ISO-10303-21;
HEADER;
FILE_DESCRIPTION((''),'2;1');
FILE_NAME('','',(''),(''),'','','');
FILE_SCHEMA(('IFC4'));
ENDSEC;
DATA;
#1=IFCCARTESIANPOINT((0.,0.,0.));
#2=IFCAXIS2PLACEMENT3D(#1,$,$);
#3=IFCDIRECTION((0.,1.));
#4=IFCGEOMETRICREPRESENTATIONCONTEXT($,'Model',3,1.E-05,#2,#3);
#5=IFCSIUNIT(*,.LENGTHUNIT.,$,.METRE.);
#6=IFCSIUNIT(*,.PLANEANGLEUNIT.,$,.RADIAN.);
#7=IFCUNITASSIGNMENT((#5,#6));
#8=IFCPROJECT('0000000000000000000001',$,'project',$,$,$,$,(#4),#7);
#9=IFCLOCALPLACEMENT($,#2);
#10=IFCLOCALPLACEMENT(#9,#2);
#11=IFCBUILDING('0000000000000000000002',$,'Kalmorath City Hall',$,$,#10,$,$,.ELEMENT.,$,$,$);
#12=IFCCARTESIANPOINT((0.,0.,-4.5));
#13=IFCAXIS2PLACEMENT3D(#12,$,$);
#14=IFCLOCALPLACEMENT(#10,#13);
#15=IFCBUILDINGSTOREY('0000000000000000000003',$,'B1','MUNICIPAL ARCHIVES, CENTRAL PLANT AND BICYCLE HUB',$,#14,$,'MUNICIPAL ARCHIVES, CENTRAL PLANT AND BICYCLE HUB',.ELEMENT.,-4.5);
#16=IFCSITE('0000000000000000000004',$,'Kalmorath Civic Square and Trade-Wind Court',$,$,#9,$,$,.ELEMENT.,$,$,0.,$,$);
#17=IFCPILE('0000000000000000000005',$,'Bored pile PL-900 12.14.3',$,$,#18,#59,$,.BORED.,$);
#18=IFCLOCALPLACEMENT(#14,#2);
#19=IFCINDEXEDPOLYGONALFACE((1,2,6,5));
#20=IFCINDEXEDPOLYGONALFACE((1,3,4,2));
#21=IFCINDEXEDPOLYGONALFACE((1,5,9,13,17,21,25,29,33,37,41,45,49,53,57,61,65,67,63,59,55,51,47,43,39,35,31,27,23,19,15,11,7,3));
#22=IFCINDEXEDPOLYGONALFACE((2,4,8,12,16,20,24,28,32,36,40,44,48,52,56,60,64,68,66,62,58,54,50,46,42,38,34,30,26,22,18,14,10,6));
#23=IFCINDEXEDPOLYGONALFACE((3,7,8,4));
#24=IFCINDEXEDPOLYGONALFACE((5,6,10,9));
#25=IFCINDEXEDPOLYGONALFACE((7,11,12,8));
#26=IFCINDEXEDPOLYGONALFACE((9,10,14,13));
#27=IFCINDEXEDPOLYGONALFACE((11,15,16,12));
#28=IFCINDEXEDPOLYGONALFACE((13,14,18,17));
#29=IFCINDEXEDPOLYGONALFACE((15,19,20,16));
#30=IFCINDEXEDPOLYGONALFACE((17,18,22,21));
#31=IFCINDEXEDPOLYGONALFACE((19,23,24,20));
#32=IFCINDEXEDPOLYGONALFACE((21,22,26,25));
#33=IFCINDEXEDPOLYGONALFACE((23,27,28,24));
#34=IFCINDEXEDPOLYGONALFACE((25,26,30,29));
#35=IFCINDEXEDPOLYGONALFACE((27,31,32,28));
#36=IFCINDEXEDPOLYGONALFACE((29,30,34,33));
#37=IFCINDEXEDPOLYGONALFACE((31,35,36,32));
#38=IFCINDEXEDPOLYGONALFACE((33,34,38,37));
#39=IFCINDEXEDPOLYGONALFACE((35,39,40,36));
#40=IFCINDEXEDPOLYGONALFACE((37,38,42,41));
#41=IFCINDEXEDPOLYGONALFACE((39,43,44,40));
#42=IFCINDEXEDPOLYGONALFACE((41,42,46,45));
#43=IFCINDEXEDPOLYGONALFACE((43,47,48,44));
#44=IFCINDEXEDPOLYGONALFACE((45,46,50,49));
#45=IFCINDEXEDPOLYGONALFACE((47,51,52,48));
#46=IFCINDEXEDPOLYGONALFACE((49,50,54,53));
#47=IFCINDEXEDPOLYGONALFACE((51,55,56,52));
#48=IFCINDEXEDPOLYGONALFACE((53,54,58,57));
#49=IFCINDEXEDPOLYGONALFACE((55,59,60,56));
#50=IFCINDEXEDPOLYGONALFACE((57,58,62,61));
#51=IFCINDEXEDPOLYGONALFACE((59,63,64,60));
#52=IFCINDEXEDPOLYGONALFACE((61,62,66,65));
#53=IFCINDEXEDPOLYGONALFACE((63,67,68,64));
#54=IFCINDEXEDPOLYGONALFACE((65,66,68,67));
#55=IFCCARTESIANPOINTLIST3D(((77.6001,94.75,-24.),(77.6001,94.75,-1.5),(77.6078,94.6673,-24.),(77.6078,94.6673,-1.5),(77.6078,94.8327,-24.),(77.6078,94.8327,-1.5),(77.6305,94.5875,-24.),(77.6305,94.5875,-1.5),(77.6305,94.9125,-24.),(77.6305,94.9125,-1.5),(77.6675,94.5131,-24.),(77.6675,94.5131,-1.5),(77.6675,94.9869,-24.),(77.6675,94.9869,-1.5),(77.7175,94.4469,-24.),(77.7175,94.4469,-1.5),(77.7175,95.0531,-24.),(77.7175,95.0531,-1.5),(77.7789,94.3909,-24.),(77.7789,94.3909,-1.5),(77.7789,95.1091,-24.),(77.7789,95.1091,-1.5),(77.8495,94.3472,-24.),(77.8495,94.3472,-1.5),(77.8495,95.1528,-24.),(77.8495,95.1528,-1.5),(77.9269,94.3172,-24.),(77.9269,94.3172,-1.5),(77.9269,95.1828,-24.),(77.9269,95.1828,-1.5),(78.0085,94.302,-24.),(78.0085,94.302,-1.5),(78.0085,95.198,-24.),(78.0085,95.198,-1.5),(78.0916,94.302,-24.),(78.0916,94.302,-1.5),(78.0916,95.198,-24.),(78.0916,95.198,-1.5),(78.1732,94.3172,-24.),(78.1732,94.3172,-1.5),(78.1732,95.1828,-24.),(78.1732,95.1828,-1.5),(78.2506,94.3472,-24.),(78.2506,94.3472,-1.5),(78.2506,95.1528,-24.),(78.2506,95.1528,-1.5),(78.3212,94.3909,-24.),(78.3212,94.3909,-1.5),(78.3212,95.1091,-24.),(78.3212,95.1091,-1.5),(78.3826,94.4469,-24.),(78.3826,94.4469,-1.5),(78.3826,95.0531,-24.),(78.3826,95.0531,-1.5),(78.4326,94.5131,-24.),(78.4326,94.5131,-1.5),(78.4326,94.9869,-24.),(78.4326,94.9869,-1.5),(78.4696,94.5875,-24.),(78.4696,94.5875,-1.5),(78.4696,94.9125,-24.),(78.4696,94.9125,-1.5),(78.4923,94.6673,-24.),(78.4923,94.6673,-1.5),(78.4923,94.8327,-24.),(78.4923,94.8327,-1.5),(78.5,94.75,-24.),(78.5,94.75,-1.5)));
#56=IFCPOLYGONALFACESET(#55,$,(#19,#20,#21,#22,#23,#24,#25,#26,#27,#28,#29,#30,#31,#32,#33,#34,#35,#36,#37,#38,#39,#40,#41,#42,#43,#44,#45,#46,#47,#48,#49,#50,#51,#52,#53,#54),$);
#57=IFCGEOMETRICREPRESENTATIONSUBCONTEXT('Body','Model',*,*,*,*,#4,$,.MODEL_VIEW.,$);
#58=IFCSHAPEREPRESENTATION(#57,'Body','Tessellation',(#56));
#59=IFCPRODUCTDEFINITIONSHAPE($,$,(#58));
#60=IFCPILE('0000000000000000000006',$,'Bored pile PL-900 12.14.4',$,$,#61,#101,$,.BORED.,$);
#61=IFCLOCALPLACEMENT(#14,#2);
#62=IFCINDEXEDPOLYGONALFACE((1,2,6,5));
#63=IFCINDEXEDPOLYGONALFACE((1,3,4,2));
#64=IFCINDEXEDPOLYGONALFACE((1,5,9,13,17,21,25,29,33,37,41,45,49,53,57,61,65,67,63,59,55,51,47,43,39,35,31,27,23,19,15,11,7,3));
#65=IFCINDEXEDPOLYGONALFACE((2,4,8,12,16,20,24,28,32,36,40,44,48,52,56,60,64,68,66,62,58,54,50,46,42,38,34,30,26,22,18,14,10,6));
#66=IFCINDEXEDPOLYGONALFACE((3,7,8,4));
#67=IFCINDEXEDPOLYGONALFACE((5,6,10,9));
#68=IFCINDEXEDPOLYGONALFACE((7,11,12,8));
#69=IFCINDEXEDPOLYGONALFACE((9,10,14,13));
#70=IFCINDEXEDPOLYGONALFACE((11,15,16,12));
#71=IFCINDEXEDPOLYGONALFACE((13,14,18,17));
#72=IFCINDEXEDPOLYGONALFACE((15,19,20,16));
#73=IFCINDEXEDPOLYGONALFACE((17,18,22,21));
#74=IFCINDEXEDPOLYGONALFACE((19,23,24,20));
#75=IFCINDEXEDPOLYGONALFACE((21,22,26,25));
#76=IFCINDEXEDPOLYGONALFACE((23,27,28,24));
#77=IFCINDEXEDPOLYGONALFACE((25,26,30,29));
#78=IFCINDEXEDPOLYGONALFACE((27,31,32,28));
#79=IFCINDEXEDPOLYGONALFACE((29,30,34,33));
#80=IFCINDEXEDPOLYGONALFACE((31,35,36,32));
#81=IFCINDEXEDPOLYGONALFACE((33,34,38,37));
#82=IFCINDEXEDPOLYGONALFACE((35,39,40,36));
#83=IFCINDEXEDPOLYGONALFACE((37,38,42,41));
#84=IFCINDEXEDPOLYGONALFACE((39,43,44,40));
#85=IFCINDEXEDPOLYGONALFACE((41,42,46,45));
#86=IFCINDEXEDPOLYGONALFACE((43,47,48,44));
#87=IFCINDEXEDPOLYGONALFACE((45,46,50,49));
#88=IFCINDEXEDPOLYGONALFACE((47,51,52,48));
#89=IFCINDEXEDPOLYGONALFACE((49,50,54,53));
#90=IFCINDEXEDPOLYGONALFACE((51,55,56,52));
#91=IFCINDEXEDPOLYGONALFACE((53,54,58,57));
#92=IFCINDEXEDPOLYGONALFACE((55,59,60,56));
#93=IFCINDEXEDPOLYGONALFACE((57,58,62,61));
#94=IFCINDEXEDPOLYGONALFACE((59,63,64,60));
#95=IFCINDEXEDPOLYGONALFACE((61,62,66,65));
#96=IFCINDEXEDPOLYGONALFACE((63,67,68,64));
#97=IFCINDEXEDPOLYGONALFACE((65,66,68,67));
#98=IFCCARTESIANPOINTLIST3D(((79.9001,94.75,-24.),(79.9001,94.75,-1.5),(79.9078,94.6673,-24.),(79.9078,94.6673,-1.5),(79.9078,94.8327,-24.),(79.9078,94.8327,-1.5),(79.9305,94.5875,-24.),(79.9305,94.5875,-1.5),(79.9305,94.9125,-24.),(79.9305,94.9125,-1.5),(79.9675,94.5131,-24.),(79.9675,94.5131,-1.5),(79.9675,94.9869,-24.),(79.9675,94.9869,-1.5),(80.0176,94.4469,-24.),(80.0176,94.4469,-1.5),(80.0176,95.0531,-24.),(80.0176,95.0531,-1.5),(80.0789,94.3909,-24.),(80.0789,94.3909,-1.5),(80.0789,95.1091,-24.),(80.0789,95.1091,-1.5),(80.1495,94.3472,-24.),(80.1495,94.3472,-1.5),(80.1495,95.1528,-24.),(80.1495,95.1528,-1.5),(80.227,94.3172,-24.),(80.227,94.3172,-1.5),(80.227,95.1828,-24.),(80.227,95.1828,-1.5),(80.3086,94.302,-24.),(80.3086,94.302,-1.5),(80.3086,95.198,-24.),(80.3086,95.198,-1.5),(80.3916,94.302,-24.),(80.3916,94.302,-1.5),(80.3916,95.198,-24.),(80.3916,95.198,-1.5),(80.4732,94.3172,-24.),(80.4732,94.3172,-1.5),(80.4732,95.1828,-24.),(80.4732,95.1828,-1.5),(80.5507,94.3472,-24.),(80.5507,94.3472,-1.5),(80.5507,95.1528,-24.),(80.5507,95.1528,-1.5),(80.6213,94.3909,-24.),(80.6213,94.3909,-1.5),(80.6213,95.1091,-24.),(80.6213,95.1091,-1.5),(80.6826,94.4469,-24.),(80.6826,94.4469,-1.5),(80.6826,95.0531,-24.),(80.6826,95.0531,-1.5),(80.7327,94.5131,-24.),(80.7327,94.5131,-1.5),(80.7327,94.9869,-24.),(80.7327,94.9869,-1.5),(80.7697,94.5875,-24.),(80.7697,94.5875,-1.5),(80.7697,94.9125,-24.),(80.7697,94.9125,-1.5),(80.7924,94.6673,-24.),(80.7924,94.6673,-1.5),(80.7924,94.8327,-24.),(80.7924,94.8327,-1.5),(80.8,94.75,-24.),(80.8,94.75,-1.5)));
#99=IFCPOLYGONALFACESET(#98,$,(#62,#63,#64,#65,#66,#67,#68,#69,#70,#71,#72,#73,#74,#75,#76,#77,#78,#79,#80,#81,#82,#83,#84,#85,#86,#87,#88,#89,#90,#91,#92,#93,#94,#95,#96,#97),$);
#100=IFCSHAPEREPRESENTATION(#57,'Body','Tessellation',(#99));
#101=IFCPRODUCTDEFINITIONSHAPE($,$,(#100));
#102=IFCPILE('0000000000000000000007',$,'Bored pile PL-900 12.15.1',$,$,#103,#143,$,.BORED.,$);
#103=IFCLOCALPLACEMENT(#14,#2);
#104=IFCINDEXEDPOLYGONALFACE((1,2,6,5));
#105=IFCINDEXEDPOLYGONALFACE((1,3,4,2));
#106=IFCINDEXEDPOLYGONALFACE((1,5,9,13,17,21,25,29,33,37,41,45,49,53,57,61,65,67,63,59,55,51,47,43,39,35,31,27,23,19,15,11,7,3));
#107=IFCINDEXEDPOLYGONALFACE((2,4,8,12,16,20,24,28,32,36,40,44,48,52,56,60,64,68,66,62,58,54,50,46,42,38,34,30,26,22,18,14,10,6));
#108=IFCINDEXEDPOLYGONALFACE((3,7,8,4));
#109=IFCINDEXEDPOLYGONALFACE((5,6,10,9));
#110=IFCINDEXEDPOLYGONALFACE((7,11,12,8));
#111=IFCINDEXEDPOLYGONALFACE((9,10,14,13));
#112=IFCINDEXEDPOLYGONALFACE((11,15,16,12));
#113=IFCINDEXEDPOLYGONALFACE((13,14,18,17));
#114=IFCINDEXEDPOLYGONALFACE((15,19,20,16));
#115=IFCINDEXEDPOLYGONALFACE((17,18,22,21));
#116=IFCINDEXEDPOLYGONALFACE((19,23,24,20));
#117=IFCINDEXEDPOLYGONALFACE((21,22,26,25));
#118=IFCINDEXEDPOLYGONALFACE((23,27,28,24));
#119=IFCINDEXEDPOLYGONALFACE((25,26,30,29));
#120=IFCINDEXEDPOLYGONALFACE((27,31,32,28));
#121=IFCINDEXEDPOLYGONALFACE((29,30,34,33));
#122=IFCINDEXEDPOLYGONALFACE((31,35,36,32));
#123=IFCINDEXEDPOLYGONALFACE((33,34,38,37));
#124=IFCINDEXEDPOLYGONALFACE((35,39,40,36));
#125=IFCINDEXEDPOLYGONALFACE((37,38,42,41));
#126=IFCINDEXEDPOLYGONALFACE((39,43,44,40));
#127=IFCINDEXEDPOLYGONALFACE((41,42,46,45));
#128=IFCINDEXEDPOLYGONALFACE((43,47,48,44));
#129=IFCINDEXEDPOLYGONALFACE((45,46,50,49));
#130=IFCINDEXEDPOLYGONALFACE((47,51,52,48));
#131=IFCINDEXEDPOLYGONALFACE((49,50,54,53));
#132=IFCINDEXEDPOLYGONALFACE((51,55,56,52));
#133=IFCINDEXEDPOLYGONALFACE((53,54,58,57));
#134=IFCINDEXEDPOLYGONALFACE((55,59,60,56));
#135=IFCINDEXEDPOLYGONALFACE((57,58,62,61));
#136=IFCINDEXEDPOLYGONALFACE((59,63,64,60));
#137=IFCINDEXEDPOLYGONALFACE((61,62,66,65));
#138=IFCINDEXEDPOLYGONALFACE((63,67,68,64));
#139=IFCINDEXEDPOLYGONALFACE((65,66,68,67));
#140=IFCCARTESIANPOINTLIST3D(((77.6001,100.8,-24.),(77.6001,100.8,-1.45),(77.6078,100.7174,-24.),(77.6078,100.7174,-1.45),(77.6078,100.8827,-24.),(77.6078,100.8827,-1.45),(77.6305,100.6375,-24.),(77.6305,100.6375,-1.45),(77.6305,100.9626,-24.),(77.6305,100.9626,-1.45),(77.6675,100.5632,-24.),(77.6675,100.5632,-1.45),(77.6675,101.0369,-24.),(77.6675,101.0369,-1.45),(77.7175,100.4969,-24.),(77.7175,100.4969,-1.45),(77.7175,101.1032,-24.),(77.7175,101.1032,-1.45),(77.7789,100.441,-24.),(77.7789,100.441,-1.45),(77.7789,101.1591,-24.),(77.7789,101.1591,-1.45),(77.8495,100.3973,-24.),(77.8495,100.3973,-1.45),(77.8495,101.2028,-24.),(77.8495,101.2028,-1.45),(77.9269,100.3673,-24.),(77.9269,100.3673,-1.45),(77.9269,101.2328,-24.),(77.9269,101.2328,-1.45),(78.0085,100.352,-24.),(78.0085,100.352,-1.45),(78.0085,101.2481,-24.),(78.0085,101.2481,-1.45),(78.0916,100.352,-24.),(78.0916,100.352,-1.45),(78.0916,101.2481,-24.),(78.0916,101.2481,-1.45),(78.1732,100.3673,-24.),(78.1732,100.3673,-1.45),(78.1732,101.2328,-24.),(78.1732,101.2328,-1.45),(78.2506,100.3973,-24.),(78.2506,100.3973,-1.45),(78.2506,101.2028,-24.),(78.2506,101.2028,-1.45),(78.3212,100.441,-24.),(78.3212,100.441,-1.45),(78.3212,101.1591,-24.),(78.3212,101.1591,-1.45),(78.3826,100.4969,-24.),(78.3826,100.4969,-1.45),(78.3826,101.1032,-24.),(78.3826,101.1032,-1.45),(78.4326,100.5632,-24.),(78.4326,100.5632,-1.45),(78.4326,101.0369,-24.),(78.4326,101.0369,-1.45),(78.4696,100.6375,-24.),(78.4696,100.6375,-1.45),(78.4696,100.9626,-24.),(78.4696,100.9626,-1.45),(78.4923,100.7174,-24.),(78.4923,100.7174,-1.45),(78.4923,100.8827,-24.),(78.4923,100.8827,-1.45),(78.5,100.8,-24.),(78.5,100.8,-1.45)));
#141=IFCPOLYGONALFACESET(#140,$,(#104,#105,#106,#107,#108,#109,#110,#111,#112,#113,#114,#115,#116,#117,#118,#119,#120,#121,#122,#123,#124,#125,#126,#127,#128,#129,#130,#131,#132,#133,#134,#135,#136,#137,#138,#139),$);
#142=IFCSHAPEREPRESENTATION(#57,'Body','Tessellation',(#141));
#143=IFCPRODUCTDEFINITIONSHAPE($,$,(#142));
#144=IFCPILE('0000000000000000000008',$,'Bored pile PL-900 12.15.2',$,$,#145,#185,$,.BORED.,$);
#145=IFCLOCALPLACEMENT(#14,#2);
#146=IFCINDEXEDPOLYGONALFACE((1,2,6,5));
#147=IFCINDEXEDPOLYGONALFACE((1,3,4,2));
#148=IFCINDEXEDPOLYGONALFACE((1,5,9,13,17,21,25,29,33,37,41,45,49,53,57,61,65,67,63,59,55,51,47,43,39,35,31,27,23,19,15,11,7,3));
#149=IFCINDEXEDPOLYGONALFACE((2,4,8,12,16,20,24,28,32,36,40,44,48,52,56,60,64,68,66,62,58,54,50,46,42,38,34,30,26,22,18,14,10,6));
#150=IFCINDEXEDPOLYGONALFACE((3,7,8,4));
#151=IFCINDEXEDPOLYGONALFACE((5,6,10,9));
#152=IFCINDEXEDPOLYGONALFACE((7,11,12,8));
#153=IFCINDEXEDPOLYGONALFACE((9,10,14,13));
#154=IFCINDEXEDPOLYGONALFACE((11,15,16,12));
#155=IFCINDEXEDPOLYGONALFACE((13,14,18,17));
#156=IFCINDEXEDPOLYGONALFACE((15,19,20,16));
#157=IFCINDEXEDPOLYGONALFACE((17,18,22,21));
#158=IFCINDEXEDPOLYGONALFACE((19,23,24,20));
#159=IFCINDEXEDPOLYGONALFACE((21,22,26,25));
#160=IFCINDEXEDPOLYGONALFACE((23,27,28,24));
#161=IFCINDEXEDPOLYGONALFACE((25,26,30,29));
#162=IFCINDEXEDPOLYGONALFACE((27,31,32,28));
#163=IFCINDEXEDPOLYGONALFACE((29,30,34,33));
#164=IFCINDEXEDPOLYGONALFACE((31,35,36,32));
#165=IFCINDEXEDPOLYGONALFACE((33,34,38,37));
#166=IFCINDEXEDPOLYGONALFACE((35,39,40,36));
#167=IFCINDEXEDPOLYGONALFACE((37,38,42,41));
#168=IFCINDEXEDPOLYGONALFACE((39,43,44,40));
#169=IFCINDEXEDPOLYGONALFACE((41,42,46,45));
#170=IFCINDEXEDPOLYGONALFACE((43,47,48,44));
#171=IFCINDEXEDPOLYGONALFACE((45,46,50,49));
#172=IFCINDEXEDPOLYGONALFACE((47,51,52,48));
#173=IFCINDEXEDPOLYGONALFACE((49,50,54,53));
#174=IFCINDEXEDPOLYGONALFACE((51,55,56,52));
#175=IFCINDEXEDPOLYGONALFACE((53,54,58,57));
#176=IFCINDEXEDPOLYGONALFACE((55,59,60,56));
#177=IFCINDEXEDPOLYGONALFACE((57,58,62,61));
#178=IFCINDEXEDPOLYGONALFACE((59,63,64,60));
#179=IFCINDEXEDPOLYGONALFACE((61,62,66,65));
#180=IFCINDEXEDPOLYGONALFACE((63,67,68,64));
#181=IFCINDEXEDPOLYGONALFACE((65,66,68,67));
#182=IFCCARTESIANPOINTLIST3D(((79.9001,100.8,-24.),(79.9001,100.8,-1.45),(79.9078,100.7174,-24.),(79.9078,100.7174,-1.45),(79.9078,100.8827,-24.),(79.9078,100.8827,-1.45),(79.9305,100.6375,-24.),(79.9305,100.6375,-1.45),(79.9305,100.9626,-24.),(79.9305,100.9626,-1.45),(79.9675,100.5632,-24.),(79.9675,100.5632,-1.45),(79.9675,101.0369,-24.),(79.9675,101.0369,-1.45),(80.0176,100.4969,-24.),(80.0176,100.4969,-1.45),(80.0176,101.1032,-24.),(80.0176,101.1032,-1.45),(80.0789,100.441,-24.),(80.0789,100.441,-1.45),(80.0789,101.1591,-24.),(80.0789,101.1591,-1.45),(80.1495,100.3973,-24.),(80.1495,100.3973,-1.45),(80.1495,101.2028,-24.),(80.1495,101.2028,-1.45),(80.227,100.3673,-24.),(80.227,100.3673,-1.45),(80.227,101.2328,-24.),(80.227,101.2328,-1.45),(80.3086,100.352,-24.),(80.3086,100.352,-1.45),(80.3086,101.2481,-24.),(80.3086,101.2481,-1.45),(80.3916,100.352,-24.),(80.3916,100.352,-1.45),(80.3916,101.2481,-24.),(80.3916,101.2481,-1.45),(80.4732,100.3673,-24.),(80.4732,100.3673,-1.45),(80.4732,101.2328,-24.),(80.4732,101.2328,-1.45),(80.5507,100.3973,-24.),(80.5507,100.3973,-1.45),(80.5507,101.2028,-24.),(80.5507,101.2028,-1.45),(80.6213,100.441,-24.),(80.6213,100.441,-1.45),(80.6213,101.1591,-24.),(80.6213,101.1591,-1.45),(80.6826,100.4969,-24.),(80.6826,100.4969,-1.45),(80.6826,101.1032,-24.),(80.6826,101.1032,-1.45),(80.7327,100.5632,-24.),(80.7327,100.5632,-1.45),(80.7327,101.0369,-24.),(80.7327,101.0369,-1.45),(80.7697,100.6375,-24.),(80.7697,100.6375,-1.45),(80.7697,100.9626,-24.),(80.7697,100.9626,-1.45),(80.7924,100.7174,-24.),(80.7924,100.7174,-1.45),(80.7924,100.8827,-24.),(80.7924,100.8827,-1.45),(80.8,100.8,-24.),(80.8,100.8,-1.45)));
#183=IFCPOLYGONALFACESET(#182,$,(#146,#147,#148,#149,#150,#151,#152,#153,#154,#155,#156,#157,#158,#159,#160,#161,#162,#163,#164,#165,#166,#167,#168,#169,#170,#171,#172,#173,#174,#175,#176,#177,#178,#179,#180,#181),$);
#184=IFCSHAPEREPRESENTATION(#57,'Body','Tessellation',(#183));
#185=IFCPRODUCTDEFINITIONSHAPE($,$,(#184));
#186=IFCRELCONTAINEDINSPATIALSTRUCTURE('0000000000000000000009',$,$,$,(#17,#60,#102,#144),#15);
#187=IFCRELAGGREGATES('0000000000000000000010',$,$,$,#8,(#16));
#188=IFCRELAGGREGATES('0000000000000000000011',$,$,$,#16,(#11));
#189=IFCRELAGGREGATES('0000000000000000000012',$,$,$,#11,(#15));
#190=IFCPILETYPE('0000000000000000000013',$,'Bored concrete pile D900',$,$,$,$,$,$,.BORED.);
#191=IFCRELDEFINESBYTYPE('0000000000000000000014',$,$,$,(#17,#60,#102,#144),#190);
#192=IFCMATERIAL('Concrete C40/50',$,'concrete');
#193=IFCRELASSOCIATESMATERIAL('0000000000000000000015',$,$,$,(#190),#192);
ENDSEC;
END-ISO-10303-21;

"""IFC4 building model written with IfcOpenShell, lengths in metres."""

from ifc_helpers import new_model, si_unit, direction, frame, origin, origin_2d, place, context, subcontext, project, spatial, circle, extrude, material, material_profile, profile_set, type_object, element, save


model = new_model("IFC4")

# Units and contexts
model_context = context("Model", 3, precision=1e-05, world=origin(), true_north=direction((0.0, 1.0)))
body_context = subcontext(model_context, "Body", "Model", "MODEL_VIEW")
ifc_project = project(units=[si_unit("LENGTHUNIT", "METRE"), si_unit("PLANEANGLEUNIT", "RADIAN")], contexts=[model_context])

# Site, building, storey
site_placement = place(None, origin())
site = spatial("IfcSite", under=ifc_project, at=site_placement, Name="Kalmorath Civic Square and Trade-Wind Court", CompositionType="ELEMENT", RefElevation=0.0)
building_placement = place(site_placement, origin())
building = spatial("IfcBuilding", under=site, at=building_placement, Name="Kalmorath City Hall", CompositionType="ELEMENT")
storey_placement = place(building_placement, frame((0.0, 0.0, -4.5)))
storey = spatial("IfcBuildingStorey", under=building, at=storey_placement, Name="B1", Description="MUNICIPAL ARCHIVES, CENTRAL PLANT AND BICYCLE HUB", LongName="MUNICIPAL ARCHIVES, CENTRAL PLANT AND BICYCLE HUB", CompositionType="ELEMENT", Elevation=-4.5)

# Piles
ifc_material_1 = material(Name="Concrete C40/50", Category="concrete")
ifc_material_profile_1 = material_profile(ifc_material_1, circle(Radius=0.45, at=origin_2d()), Name="PILE-D900")
ifc_profile_set_1 = profile_set([ifc_material_profile_1], Name="Concrete C40/50")
pile_type = type_object("IfcPileType", Name="Bored concrete pile D900", PredefinedType="BORED", material=ifc_profile_set_1)
for number, where, z_axis, x_axis, name in (
    (1, (78.05, 94.75, -1.5), (0.0, 0.0, -1.0), (1.0, 0.0, 0.0), "Bored pile PL-900 12.14.3"),
    (2, (80.3501, 94.75, -1.5), (0.0, 0.0, -1.0), (1.0, 0.0, 0.0), "Bored pile PL-900 12.14.4"),
):
    element("IfcPile", number, at=place(storey_placement, frame(where, z_axis=z_axis, x_axis=x_axis)), inside=storey, type_object=pile_type, Name=name, PredefinedType="BORED", context=body_context, shape_type="SweptSolid", body=[
        extrude(circle(Radius=0.45, at=origin_2d()), origin(), (0.0, 0.0, 1.0), 22.5),
    ])
for number, where, z_axis, x_axis, name in (
    (3, (78.05, 100.8, -1.45), (0.0, 0.0, -1.0), (1.0, 0.0, 0.0), "Bored pile PL-900 12.15.1"),
    (4, (80.3501, 100.8, -1.45), (0.0, 0.0, -1.0), (1.0, 0.0, 0.0), "Bored pile PL-900 12.15.2"),
):
    element("IfcPile", number, at=place(storey_placement, frame(where, z_axis=z_axis, x_axis=x_axis)), inside=storey, type_object=pile_type, Name=name, PredefinedType="BORED", context=body_context, shape_type="SweptSolid", body=[
        extrude(circle(Radius=0.45, at=origin_2d()), origin(), (0.0, 0.0, 1.0), 22.55),
    ])

save(model, "model.ifc")
